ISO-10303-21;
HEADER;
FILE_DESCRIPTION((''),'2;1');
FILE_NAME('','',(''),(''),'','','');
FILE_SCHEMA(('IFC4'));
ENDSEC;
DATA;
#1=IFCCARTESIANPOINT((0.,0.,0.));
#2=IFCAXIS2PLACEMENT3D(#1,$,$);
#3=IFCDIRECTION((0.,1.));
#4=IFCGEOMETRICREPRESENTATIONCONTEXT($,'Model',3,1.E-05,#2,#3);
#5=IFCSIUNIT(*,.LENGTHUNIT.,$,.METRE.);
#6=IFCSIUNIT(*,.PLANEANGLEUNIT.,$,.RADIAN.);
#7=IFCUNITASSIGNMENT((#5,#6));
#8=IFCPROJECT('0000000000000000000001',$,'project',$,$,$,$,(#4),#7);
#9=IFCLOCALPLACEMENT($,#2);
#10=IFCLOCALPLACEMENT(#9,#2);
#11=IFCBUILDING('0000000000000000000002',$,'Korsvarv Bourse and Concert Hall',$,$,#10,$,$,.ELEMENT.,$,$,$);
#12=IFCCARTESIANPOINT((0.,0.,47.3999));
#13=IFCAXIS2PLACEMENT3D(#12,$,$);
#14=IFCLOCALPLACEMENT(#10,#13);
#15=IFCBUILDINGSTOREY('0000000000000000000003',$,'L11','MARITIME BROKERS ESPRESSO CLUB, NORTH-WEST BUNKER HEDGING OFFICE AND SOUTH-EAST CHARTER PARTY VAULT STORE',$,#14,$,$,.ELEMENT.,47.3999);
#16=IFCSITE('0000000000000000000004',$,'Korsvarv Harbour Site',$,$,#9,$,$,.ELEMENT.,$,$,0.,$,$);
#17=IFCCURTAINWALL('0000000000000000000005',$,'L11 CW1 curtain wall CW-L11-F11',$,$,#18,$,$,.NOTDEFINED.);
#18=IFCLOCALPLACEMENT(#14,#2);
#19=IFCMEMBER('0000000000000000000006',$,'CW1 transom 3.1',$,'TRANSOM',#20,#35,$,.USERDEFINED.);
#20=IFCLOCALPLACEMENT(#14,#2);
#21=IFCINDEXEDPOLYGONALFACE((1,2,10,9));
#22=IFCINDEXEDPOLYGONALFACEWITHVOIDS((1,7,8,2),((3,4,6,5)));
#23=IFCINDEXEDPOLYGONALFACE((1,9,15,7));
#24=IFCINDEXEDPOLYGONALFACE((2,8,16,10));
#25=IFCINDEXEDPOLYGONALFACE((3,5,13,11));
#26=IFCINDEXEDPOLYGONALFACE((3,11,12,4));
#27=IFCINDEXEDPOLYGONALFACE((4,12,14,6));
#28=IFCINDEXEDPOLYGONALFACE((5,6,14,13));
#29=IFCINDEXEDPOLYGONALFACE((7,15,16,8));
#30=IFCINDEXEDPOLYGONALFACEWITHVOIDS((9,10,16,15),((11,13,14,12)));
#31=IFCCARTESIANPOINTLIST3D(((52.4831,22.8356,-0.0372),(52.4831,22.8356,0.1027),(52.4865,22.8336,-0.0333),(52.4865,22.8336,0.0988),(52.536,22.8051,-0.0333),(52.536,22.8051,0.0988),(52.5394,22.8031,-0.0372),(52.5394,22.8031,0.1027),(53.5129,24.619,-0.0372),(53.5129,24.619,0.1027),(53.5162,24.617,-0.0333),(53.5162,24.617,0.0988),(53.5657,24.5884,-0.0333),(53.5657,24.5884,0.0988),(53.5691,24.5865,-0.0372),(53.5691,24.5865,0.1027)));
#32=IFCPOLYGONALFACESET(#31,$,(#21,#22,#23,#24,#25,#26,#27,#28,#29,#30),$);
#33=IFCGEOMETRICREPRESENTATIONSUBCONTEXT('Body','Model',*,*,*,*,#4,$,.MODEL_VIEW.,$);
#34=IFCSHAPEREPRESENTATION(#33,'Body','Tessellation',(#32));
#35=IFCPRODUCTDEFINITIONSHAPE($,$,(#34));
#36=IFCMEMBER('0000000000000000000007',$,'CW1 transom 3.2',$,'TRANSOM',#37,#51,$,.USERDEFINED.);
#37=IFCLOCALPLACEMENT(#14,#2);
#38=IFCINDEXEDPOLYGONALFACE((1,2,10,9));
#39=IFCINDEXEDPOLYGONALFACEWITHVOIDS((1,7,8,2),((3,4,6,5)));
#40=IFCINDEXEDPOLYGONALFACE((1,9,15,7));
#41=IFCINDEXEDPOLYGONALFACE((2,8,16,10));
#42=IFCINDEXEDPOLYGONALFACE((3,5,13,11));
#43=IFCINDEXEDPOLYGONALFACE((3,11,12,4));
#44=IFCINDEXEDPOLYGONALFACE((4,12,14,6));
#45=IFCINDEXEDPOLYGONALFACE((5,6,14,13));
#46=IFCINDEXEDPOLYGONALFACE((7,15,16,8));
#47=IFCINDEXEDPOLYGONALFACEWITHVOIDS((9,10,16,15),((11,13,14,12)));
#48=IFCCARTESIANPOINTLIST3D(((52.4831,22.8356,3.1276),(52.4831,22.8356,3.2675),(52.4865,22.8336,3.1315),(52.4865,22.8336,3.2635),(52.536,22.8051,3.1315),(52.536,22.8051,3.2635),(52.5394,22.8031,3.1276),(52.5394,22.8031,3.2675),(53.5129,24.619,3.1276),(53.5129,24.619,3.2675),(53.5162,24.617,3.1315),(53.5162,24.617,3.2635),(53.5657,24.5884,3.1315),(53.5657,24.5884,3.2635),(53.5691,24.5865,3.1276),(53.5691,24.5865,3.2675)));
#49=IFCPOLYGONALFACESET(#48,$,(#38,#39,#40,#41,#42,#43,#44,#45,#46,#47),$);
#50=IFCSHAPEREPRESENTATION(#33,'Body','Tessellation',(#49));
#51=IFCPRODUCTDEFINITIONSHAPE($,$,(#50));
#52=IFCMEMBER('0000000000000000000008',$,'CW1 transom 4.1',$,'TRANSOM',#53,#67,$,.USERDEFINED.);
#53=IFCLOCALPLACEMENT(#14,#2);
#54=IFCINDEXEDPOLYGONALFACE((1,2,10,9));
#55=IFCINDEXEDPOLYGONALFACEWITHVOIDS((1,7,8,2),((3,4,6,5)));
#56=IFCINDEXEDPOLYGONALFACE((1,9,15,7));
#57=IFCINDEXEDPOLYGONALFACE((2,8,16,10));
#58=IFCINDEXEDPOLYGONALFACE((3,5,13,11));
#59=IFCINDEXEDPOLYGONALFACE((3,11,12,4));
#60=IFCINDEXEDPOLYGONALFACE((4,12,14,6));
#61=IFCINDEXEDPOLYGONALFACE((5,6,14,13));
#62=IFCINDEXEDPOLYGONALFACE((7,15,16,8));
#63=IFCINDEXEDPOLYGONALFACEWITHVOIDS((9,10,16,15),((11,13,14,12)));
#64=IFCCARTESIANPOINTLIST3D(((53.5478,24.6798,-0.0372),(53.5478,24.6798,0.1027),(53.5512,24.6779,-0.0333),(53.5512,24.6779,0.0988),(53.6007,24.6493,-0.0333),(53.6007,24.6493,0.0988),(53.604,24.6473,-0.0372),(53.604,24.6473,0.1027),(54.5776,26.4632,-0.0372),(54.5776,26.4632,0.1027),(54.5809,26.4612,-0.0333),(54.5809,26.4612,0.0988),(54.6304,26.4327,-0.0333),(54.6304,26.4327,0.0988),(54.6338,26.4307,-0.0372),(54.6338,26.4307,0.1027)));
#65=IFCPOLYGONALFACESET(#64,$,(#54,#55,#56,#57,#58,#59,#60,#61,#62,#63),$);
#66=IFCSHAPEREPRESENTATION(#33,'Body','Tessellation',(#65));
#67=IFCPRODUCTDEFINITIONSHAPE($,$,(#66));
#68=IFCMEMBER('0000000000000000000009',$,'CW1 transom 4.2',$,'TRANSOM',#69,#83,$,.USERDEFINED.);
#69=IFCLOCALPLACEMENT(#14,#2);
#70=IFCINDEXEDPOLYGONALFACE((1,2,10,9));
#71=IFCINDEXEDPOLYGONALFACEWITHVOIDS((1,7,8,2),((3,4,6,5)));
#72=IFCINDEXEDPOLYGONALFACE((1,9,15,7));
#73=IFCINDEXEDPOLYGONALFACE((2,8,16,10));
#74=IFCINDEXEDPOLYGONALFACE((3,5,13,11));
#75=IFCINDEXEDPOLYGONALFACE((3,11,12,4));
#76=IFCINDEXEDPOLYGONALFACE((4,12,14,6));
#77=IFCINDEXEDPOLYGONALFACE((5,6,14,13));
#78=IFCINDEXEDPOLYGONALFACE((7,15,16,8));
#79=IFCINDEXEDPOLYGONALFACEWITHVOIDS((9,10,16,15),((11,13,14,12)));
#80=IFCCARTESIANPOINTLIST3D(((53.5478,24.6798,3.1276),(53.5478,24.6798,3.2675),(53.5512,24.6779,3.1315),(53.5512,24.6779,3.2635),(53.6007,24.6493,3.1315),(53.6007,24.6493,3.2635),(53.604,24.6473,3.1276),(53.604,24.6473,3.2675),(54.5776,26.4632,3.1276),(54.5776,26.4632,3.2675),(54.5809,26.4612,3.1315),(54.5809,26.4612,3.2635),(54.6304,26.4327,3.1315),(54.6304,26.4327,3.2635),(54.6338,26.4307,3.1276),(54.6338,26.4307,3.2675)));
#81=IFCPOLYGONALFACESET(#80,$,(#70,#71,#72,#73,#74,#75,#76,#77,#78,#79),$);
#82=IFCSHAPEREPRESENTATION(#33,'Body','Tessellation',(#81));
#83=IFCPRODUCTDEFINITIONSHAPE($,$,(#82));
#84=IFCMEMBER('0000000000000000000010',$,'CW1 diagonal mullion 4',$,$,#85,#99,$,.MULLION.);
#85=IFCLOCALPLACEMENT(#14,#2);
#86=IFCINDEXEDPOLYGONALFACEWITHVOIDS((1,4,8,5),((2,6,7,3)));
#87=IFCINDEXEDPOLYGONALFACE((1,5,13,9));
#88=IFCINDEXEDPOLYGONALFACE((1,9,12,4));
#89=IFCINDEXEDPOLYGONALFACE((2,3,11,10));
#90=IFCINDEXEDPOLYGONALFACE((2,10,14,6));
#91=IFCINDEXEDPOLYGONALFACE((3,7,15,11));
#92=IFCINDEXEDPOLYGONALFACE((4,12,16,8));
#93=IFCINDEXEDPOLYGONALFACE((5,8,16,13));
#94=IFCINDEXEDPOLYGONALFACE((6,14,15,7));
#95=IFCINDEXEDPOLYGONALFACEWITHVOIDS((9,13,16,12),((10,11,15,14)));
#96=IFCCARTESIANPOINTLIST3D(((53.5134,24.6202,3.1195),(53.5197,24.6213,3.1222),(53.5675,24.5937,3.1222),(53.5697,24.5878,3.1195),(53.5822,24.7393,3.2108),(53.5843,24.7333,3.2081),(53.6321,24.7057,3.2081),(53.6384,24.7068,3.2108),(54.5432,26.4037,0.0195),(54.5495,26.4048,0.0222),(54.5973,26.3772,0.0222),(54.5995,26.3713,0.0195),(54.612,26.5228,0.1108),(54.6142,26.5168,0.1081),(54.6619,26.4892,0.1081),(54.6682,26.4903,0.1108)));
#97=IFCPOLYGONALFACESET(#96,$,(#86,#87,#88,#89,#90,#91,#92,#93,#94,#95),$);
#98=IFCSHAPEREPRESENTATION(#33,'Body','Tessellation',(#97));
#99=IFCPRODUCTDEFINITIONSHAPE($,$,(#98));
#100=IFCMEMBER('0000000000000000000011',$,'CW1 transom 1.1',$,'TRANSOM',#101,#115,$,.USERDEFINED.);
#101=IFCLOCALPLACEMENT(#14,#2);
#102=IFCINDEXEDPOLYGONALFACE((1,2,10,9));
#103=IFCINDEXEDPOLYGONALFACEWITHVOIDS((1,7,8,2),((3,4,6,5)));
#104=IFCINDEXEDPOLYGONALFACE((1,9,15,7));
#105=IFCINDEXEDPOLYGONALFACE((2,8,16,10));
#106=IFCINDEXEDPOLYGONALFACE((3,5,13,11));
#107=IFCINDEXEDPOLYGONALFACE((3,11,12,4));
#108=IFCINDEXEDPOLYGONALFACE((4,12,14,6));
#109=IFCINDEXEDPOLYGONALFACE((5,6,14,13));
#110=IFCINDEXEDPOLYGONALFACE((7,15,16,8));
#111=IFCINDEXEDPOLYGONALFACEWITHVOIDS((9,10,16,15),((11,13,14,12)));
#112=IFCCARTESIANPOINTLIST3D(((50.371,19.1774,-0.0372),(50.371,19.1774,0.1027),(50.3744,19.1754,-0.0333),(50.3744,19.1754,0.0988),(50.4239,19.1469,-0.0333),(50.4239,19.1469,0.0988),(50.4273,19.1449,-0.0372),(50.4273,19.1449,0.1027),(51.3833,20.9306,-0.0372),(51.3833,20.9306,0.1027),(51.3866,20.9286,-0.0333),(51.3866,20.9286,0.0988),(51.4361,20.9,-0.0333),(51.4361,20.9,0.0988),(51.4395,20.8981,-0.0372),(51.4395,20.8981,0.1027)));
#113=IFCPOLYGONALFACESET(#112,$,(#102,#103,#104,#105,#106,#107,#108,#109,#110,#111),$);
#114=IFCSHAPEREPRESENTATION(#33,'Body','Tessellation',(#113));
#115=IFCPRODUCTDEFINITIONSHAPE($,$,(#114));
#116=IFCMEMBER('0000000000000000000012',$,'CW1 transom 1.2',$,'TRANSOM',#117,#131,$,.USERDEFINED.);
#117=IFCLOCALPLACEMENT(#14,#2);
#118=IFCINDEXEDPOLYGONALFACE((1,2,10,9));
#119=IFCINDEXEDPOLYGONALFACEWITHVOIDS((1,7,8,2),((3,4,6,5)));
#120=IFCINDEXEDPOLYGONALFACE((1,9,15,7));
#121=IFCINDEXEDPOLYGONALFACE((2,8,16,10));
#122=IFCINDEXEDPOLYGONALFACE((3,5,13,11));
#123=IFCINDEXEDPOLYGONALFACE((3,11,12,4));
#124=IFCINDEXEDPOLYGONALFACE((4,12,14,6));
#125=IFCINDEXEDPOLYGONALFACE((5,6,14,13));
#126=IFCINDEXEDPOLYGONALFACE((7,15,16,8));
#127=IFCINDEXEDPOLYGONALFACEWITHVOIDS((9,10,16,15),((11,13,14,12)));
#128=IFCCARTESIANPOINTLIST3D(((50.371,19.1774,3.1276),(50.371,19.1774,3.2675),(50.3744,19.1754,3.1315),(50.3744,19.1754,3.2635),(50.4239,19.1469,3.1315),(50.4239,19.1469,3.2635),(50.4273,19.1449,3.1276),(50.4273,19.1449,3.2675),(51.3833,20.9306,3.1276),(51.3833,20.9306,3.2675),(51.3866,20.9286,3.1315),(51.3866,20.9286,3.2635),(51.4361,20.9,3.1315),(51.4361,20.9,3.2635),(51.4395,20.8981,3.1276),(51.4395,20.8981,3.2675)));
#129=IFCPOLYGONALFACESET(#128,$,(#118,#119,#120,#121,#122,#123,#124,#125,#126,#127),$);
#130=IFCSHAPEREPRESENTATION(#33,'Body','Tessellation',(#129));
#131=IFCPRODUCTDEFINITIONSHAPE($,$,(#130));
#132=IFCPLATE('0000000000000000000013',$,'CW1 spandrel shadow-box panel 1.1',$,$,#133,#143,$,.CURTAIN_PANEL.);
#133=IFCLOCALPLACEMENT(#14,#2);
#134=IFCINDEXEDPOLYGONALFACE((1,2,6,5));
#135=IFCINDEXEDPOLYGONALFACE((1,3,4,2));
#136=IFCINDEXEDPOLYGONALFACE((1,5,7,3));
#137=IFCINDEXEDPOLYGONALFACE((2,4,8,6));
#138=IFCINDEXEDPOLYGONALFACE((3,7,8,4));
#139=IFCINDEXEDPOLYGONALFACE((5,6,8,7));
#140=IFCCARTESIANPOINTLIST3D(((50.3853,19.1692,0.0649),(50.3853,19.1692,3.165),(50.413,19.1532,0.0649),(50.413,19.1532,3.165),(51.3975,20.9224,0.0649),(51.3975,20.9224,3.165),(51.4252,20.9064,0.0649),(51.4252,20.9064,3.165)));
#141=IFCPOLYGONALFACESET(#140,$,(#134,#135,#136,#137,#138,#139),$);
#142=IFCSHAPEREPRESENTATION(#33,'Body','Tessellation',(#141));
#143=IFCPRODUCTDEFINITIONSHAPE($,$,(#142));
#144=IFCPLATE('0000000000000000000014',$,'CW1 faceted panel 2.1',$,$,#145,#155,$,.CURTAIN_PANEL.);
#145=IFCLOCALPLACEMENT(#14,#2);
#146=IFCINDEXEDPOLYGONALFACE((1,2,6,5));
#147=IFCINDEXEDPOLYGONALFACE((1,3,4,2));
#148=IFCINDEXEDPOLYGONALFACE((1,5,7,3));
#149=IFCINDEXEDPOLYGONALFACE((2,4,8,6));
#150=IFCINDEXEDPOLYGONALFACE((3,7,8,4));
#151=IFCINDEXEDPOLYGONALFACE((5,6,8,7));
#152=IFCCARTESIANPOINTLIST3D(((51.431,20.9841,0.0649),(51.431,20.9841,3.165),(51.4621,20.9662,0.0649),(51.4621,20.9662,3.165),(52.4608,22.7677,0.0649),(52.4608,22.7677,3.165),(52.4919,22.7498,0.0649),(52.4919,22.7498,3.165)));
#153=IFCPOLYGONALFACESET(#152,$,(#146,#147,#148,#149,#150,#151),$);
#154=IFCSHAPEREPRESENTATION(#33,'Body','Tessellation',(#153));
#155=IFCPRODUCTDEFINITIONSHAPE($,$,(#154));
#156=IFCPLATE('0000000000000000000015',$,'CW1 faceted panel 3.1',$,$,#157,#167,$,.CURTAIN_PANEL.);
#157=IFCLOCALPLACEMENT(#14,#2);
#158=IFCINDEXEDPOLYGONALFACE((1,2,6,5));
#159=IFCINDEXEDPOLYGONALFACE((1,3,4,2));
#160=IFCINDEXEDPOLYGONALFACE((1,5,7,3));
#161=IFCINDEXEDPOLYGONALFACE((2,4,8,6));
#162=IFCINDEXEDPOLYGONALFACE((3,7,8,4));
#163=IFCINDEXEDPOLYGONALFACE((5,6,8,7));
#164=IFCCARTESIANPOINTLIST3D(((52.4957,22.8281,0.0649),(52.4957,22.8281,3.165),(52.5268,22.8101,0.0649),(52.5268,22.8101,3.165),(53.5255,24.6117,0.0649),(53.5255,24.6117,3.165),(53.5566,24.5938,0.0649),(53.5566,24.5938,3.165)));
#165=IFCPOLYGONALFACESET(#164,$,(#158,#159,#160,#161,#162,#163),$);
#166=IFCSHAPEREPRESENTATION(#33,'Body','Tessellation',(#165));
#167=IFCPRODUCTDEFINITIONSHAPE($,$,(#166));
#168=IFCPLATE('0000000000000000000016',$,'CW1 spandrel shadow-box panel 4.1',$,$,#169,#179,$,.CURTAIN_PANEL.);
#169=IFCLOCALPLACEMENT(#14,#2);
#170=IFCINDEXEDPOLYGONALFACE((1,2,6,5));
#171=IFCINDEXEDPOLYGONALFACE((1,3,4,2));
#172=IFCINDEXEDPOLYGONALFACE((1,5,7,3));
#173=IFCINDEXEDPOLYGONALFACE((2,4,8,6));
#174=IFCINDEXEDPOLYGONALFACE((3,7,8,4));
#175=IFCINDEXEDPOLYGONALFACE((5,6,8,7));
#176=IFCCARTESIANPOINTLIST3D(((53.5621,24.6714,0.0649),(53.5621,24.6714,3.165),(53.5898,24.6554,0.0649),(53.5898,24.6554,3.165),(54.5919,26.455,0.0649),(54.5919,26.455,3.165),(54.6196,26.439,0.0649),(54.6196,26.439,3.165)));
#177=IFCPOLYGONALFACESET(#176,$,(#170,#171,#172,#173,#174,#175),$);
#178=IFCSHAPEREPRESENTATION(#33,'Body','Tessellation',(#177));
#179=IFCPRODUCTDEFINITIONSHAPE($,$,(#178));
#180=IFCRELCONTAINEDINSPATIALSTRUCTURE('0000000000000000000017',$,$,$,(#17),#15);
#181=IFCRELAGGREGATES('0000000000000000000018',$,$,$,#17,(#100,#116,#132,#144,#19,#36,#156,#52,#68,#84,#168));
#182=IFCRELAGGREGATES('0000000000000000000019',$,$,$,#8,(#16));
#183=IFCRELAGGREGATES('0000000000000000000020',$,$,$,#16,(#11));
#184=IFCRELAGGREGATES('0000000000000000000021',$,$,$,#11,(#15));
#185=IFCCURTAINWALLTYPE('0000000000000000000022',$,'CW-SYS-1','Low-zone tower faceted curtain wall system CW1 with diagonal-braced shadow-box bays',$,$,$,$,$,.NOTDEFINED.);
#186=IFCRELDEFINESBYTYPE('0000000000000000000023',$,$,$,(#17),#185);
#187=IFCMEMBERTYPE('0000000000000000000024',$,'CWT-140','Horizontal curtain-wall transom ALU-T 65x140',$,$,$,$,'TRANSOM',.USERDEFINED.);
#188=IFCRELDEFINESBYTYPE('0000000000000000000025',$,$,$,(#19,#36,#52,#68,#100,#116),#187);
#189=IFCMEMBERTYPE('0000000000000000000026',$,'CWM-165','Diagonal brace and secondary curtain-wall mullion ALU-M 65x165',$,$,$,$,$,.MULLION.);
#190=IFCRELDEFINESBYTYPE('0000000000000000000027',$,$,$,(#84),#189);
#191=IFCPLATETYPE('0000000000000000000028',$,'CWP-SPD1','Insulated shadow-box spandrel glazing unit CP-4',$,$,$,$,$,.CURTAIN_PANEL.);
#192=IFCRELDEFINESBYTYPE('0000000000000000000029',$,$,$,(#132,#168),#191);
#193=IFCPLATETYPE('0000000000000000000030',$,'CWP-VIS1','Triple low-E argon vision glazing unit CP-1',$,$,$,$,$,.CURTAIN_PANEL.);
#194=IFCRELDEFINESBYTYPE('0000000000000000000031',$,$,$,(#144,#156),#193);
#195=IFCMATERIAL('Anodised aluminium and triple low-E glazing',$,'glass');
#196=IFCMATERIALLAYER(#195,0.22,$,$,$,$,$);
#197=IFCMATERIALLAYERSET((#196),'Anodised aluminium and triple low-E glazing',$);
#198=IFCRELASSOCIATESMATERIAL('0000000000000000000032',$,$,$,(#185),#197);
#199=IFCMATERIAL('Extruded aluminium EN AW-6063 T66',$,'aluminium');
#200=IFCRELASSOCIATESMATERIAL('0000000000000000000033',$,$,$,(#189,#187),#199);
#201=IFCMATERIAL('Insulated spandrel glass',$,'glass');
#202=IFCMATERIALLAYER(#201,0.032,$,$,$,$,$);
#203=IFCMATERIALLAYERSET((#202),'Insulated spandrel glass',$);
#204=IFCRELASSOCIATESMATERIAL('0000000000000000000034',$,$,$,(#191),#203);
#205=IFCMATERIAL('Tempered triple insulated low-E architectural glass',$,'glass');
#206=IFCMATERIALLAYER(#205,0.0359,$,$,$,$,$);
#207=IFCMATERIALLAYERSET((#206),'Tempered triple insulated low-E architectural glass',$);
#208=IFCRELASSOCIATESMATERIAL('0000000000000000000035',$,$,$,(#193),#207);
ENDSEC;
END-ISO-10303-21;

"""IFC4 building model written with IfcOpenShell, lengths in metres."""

from ifc_helpers import new_model, si_unit, direction, frame, origin, origin_2d, place, context, subcontext, project, spatial, rectangle, hollow_rectangle, extrude, source, transform, mapped, material, layer, layer_set, material_profile, profile_set, type_object, element, aggregate, save


model = new_model("IFC4")

# Units and contexts
model_context = context("Model", 3, precision=1e-05, world=origin(), true_north=direction((0.0, 1.0)))
body_context = subcontext(model_context, "Body", "Model", "MODEL_VIEW")
ifc_project = project(units=[si_unit("LENGTHUNIT", "METRE"), si_unit("PLANEANGLEUNIT", "RADIAN")], contexts=[model_context])

# Site, building, storey
site_placement = place(None, origin())
site = spatial("IfcSite", under=ifc_project, at=site_placement, Name="Korsvarv Harbour Site", CompositionType="ELEMENT", RefElevation=0.0)
building_placement = place(site_placement, origin())
building = spatial("IfcBuilding", under=site, at=building_placement, Name="Korsvarv Bourse and Concert Hall", CompositionType="ELEMENT")
storey_placement = place(building_placement, frame((0.0, 0.0, 47.3999)))
storey = spatial("IfcBuildingStorey", under=building, at=storey_placement, Name="L11", Description="MARITIME BROKERS ESPRESSO CLUB, NORTH-WEST BUNKER HEDGING OFFICE AND SOUTH-EAST CHARTER PARTY VAULT STORE", CompositionType="ELEMENT", Elevation=47.3999)

# Curtain wall, members, plates
ifc_material_1 = material(Name="Anodised aluminium and triple low-E glazing", Category="glass")
ifc_layer_1 = layer(ifc_material_1, 0.22)
ifc_layer_set_1 = layer_set([ifc_layer_1], Name="Anodised aluminium and triple low-E glazing")
curtain_wall_type = type_object("IfcCurtainWallType", Name="CW-SYS-1", Description="Low-zone tower faceted curtain wall system CW1 with diagonal-braced shadow-box bays", PredefinedType="NOTDEFINED", material=ifc_layer_set_1)
curtain_wall_placement = place(storey_placement, origin())
curtain_wall = element("IfcCurtainWall", 1, at=curtain_wall_placement, inside=storey, type_object=curtain_wall_type, Name="L11 CW1 curtain wall CW-L11-F11", PredefinedType="NOTDEFINED")
ifc_material_2 = material(Name="Extruded aluminium EN AW-6063 T66", Category="aluminium")
ifc_material_profile_1 = material_profile(ifc_material_2, hollow_rectangle(XDim=0.0649, YDim=0.165, WallThickness=0.0049, at=origin_2d()), Name="ALU-M 65x165")
ifc_profile_set_1 = profile_set([ifc_material_profile_1], Name="Extruded aluminium EN AW-6063 T66")
member_type_1 = type_object("IfcMemberType", Name="CWM-165", Description="Diagonal brace and secondary curtain-wall mullion ALU-M 65x165", PredefinedType="MULLION", material=ifc_profile_set_1)
ifc_material_profile_2 = material_profile(ifc_material_2, hollow_rectangle(XDim=0.0649, YDim=0.1399, WallThickness=0.0039, at=origin_2d()), Name="ALU-T 65x140")
ifc_profile_set_2 = profile_set([ifc_material_profile_2], Name="Extruded aluminium EN AW-6063 T66")
member_type_2 = type_object("IfcMemberType", Name="CWT-140", Description="Horizontal curtain-wall transom ALU-T 65x140", ElementType="TRANSOM", PredefinedType="USERDEFINED", material=ifc_profile_set_2)
shared_shape_1 = source(origin(), body_context, "Body", "SweptSolid", [
    extrude(hollow_rectangle(XDim=0.0649, YDim=0.1399, WallThickness=0.0039, at=origin_2d()), origin(), (0.0, 0.0, 1.0), 2.0593),
])
member_1_placement = place(storey_placement, frame((52.5112, 22.8193, 0.0327), z_axis=(0.500041, 0.866002, 0.0), x_axis=(-0.866002, 0.500041, 0.0)))
member_1 = element("IfcMember", 2, at=member_1_placement, type_object=member_type_2, Name="CW1 transom 3.1", ObjectType="TRANSOM", PredefinedType="USERDEFINED", context=body_context, shape_type="MappedRepresentation", body=[
    mapped(shared_shape_1, transform((0.0, 0.0, 0.0), scale=1.0)),
])
member_2_placement = place(storey_placement, frame((52.5112, 22.8193, 3.1975), z_axis=(0.500041, 0.866002, 0.0), x_axis=(-0.866002, 0.500041, 0.0)))
member_2 = element("IfcMember", 3, at=member_2_placement, type_object=member_type_2, Name="CW1 transom 3.2", ObjectType="TRANSOM", PredefinedType="USERDEFINED", context=body_context, shape_type="MappedRepresentation", body=[
    mapped(shared_shape_1, transform((0.0, 0.0, 0.0), scale=1.0)),
])
member_3_placement = place(storey_placement, frame((53.5759, 24.6636, 0.0327), z_axis=(0.500041, 0.866002, 0.0), x_axis=(-0.866002, 0.500041, 0.0)))
member_3 = element("IfcMember", 4, at=member_3_placement, type_object=member_type_2, Name="CW1 transom 4.1", ObjectType="TRANSOM", PredefinedType="USERDEFINED", context=body_context, shape_type="MappedRepresentation", body=[
    mapped(shared_shape_1, transform((0.0, 0.0, 0.0), scale=1.0)),
])
member_4_placement = place(storey_placement, frame((53.5759, 24.6636, 3.1975), z_axis=(0.500041, 0.866002, 0.0), x_axis=(-0.866002, 0.500041, 0.0)))
member_4 = element("IfcMember", 5, at=member_4_placement, type_object=member_type_2, Name="CW1 transom 4.2", ObjectType="TRANSOM", PredefinedType="USERDEFINED", context=body_context, shape_type="MappedRepresentation", body=[
    mapped(shared_shape_1, transform((0.0, 0.0, 0.0), scale=1.0)),
])
shared_shape_2 = source(origin(), body_context, "Body", "SweptSolid", [
    extrude(hollow_rectangle(XDim=0.0649, YDim=0.165, WallThickness=0.0049, at=origin_2d()), origin(), (0.0, 0.0, 1.0), 3.7217),
])
member_5_placement = place(storey_placement, frame((54.6057, 26.447, 0.0652), z_axis=(-0.276706, -0.479216, 0.832938), x_axis=(0.866002, -0.500041, 0.0)))
member_5 = element("IfcMember", 6, at=member_5_placement, type_object=member_type_1, Name="CW1 diagonal mullion 4", PredefinedType="MULLION", context=body_context, shape_type="MappedRepresentation", body=[
    mapped(shared_shape_2, transform((0.0, 0.0, 0.0), scale=1.0)),
])
shared_shape_3 = source(origin(), body_context, "Body", "SweptSolid", [
    extrude(hollow_rectangle(XDim=0.0649, YDim=0.1399, WallThickness=0.0039, at=origin_2d()), origin(), (0.0, 0.0, 1.0), 2.0244),
])
member_6_placement = place(storey_placement, frame((50.3992, 19.1611, 0.0327), z_axis=(0.500004, 0.866023, 0.0), x_axis=(-0.866023, 0.500004, 0.0)))
member_6 = element("IfcMember", 7, at=member_6_placement, type_object=member_type_2, Name="CW1 transom 1.1", ObjectType="TRANSOM", PredefinedType="USERDEFINED", context=body_context, shape_type="MappedRepresentation", body=[
    mapped(shared_shape_3, transform((0.0, 0.0, 0.0), scale=1.0)),
])
member_7_placement = place(storey_placement, frame((50.3992, 19.1611, 3.1975), z_axis=(0.500004, 0.866023, 0.0), x_axis=(-0.866023, 0.500004, 0.0)))
member_7 = element("IfcMember", 8, at=member_7_placement, type_object=member_type_2, Name="CW1 transom 1.2", ObjectType="TRANSOM", PredefinedType="USERDEFINED", context=body_context, shape_type="MappedRepresentation", body=[
    mapped(shared_shape_3, transform((0.0, 0.0, 0.0), scale=1.0)),
])
ifc_material_3 = material(Name="Insulated spandrel glass", Category="glass")
ifc_layer_2 = layer(ifc_material_3, 0.032)
ifc_layer_set_2 = layer_set([ifc_layer_2], Name="Insulated spandrel glass")
plate_type_1 = type_object("IfcPlateType", Name="CWP-SPD1", Description="Insulated shadow-box spandrel glazing unit CP-4", PredefinedType="CURTAIN_PANEL", material=ifc_layer_set_2)
shared_shape_4 = source(origin(), body_context, "Body", "SweptSolid", [
    extrude(rectangle(XDim=2.0244, YDim=0.032, at=origin_2d()), origin(), (0.0, 0.0, 1.0), 3.1001),
])
plate_1_placement = place(storey_placement, frame((50.9053, 20.0378, 0.0649), z_axis=(0.0, 0.0, 1.0), x_axis=(0.5, 0.866025, 0.0)))
plate_1 = element("IfcPlate", 9, at=plate_1_placement, type_object=plate_type_1, Name="CW1 spandrel shadow-box panel 1.1", PredefinedType="CURTAIN_PANEL", context=body_context, shape_type="MappedRepresentation", body=[
    mapped(shared_shape_4, transform((0.0, 0.0, 0.0), scale=1.0)),
])
ifc_material_4 = material(Name="Tempered triple insulated low-E architectural glass", Category="glass")
ifc_layer_3 = layer(ifc_material_4, 0.0359)
ifc_layer_set_3 = layer_set([ifc_layer_3], Name="Tempered triple insulated low-E architectural glass")
plate_type_2 = type_object("IfcPlateType", Name="CWP-VIS1", Description="Triple low-E argon vision glazing unit CP-1", PredefinedType="CURTAIN_PANEL", material=ifc_layer_set_3)
shared_shape_5 = source(origin(), body_context, "Body", "SweptSolid", [
    extrude(rectangle(XDim=2.0596, YDim=0.0359, at=origin_2d()), origin(), (0.0, 0.0, 1.0), 3.1001),
])
plate_2_placement = place(storey_placement, frame((51.9614, 21.8669, 0.0649), z_axis=(0.0, 0.0, 1.0), x_axis=(0.5, 0.866025, 0.0)))
plate_2 = element("IfcPlate", 10, at=plate_2_placement, type_object=plate_type_2, Name="CW1 faceted panel 2.1", PredefinedType="CURTAIN_PANEL", context=body_context, shape_type="MappedRepresentation", body=[
    mapped(shared_shape_5, transform((0.0, 0.0, 0.0), scale=1.0)),
])
plate_3_placement = place(storey_placement, frame((53.0261, 23.7109, 0.0649), z_axis=(0.0, 0.0, 1.0), x_axis=(0.5, 0.866025, 0.0)))
plate_3 = element("IfcPlate", 11, at=plate_3_placement, type_object=plate_type_2, Name="CW1 faceted panel 3.1", PredefinedType="CURTAIN_PANEL", context=body_context, shape_type="MappedRepresentation", body=[
    mapped(shared_shape_5, transform((0.0, 0.0, 0.0), scale=1.0)),
])
shared_shape_6 = source(origin(), body_context, "Body", "SweptSolid", [
    extrude(rectangle(XDim=2.0596, YDim=0.032, at=origin_2d()), origin(), (0.0, 0.0, 1.0), 3.1001),
])
plate_4_placement = place(storey_placement, frame((54.0908, 25.5552, 0.0649), z_axis=(0.0, 0.0, 1.0), x_axis=(0.5, 0.866025, 0.0)))
plate_4 = element("IfcPlate", 12, at=plate_4_placement, type_object=plate_type_1, Name="CW1 spandrel shadow-box panel 4.1", PredefinedType="CURTAIN_PANEL", context=body_context, shape_type="MappedRepresentation", body=[
    mapped(shared_shape_6, transform((0.0, 0.0, 0.0), scale=1.0)),
])
aggregate(curtain_wall, [member_6, member_7, plate_1, plate_2, member_1, member_2, plate_3, member_3, member_4, member_5, plate_4])

save(model, "model.ifc")
